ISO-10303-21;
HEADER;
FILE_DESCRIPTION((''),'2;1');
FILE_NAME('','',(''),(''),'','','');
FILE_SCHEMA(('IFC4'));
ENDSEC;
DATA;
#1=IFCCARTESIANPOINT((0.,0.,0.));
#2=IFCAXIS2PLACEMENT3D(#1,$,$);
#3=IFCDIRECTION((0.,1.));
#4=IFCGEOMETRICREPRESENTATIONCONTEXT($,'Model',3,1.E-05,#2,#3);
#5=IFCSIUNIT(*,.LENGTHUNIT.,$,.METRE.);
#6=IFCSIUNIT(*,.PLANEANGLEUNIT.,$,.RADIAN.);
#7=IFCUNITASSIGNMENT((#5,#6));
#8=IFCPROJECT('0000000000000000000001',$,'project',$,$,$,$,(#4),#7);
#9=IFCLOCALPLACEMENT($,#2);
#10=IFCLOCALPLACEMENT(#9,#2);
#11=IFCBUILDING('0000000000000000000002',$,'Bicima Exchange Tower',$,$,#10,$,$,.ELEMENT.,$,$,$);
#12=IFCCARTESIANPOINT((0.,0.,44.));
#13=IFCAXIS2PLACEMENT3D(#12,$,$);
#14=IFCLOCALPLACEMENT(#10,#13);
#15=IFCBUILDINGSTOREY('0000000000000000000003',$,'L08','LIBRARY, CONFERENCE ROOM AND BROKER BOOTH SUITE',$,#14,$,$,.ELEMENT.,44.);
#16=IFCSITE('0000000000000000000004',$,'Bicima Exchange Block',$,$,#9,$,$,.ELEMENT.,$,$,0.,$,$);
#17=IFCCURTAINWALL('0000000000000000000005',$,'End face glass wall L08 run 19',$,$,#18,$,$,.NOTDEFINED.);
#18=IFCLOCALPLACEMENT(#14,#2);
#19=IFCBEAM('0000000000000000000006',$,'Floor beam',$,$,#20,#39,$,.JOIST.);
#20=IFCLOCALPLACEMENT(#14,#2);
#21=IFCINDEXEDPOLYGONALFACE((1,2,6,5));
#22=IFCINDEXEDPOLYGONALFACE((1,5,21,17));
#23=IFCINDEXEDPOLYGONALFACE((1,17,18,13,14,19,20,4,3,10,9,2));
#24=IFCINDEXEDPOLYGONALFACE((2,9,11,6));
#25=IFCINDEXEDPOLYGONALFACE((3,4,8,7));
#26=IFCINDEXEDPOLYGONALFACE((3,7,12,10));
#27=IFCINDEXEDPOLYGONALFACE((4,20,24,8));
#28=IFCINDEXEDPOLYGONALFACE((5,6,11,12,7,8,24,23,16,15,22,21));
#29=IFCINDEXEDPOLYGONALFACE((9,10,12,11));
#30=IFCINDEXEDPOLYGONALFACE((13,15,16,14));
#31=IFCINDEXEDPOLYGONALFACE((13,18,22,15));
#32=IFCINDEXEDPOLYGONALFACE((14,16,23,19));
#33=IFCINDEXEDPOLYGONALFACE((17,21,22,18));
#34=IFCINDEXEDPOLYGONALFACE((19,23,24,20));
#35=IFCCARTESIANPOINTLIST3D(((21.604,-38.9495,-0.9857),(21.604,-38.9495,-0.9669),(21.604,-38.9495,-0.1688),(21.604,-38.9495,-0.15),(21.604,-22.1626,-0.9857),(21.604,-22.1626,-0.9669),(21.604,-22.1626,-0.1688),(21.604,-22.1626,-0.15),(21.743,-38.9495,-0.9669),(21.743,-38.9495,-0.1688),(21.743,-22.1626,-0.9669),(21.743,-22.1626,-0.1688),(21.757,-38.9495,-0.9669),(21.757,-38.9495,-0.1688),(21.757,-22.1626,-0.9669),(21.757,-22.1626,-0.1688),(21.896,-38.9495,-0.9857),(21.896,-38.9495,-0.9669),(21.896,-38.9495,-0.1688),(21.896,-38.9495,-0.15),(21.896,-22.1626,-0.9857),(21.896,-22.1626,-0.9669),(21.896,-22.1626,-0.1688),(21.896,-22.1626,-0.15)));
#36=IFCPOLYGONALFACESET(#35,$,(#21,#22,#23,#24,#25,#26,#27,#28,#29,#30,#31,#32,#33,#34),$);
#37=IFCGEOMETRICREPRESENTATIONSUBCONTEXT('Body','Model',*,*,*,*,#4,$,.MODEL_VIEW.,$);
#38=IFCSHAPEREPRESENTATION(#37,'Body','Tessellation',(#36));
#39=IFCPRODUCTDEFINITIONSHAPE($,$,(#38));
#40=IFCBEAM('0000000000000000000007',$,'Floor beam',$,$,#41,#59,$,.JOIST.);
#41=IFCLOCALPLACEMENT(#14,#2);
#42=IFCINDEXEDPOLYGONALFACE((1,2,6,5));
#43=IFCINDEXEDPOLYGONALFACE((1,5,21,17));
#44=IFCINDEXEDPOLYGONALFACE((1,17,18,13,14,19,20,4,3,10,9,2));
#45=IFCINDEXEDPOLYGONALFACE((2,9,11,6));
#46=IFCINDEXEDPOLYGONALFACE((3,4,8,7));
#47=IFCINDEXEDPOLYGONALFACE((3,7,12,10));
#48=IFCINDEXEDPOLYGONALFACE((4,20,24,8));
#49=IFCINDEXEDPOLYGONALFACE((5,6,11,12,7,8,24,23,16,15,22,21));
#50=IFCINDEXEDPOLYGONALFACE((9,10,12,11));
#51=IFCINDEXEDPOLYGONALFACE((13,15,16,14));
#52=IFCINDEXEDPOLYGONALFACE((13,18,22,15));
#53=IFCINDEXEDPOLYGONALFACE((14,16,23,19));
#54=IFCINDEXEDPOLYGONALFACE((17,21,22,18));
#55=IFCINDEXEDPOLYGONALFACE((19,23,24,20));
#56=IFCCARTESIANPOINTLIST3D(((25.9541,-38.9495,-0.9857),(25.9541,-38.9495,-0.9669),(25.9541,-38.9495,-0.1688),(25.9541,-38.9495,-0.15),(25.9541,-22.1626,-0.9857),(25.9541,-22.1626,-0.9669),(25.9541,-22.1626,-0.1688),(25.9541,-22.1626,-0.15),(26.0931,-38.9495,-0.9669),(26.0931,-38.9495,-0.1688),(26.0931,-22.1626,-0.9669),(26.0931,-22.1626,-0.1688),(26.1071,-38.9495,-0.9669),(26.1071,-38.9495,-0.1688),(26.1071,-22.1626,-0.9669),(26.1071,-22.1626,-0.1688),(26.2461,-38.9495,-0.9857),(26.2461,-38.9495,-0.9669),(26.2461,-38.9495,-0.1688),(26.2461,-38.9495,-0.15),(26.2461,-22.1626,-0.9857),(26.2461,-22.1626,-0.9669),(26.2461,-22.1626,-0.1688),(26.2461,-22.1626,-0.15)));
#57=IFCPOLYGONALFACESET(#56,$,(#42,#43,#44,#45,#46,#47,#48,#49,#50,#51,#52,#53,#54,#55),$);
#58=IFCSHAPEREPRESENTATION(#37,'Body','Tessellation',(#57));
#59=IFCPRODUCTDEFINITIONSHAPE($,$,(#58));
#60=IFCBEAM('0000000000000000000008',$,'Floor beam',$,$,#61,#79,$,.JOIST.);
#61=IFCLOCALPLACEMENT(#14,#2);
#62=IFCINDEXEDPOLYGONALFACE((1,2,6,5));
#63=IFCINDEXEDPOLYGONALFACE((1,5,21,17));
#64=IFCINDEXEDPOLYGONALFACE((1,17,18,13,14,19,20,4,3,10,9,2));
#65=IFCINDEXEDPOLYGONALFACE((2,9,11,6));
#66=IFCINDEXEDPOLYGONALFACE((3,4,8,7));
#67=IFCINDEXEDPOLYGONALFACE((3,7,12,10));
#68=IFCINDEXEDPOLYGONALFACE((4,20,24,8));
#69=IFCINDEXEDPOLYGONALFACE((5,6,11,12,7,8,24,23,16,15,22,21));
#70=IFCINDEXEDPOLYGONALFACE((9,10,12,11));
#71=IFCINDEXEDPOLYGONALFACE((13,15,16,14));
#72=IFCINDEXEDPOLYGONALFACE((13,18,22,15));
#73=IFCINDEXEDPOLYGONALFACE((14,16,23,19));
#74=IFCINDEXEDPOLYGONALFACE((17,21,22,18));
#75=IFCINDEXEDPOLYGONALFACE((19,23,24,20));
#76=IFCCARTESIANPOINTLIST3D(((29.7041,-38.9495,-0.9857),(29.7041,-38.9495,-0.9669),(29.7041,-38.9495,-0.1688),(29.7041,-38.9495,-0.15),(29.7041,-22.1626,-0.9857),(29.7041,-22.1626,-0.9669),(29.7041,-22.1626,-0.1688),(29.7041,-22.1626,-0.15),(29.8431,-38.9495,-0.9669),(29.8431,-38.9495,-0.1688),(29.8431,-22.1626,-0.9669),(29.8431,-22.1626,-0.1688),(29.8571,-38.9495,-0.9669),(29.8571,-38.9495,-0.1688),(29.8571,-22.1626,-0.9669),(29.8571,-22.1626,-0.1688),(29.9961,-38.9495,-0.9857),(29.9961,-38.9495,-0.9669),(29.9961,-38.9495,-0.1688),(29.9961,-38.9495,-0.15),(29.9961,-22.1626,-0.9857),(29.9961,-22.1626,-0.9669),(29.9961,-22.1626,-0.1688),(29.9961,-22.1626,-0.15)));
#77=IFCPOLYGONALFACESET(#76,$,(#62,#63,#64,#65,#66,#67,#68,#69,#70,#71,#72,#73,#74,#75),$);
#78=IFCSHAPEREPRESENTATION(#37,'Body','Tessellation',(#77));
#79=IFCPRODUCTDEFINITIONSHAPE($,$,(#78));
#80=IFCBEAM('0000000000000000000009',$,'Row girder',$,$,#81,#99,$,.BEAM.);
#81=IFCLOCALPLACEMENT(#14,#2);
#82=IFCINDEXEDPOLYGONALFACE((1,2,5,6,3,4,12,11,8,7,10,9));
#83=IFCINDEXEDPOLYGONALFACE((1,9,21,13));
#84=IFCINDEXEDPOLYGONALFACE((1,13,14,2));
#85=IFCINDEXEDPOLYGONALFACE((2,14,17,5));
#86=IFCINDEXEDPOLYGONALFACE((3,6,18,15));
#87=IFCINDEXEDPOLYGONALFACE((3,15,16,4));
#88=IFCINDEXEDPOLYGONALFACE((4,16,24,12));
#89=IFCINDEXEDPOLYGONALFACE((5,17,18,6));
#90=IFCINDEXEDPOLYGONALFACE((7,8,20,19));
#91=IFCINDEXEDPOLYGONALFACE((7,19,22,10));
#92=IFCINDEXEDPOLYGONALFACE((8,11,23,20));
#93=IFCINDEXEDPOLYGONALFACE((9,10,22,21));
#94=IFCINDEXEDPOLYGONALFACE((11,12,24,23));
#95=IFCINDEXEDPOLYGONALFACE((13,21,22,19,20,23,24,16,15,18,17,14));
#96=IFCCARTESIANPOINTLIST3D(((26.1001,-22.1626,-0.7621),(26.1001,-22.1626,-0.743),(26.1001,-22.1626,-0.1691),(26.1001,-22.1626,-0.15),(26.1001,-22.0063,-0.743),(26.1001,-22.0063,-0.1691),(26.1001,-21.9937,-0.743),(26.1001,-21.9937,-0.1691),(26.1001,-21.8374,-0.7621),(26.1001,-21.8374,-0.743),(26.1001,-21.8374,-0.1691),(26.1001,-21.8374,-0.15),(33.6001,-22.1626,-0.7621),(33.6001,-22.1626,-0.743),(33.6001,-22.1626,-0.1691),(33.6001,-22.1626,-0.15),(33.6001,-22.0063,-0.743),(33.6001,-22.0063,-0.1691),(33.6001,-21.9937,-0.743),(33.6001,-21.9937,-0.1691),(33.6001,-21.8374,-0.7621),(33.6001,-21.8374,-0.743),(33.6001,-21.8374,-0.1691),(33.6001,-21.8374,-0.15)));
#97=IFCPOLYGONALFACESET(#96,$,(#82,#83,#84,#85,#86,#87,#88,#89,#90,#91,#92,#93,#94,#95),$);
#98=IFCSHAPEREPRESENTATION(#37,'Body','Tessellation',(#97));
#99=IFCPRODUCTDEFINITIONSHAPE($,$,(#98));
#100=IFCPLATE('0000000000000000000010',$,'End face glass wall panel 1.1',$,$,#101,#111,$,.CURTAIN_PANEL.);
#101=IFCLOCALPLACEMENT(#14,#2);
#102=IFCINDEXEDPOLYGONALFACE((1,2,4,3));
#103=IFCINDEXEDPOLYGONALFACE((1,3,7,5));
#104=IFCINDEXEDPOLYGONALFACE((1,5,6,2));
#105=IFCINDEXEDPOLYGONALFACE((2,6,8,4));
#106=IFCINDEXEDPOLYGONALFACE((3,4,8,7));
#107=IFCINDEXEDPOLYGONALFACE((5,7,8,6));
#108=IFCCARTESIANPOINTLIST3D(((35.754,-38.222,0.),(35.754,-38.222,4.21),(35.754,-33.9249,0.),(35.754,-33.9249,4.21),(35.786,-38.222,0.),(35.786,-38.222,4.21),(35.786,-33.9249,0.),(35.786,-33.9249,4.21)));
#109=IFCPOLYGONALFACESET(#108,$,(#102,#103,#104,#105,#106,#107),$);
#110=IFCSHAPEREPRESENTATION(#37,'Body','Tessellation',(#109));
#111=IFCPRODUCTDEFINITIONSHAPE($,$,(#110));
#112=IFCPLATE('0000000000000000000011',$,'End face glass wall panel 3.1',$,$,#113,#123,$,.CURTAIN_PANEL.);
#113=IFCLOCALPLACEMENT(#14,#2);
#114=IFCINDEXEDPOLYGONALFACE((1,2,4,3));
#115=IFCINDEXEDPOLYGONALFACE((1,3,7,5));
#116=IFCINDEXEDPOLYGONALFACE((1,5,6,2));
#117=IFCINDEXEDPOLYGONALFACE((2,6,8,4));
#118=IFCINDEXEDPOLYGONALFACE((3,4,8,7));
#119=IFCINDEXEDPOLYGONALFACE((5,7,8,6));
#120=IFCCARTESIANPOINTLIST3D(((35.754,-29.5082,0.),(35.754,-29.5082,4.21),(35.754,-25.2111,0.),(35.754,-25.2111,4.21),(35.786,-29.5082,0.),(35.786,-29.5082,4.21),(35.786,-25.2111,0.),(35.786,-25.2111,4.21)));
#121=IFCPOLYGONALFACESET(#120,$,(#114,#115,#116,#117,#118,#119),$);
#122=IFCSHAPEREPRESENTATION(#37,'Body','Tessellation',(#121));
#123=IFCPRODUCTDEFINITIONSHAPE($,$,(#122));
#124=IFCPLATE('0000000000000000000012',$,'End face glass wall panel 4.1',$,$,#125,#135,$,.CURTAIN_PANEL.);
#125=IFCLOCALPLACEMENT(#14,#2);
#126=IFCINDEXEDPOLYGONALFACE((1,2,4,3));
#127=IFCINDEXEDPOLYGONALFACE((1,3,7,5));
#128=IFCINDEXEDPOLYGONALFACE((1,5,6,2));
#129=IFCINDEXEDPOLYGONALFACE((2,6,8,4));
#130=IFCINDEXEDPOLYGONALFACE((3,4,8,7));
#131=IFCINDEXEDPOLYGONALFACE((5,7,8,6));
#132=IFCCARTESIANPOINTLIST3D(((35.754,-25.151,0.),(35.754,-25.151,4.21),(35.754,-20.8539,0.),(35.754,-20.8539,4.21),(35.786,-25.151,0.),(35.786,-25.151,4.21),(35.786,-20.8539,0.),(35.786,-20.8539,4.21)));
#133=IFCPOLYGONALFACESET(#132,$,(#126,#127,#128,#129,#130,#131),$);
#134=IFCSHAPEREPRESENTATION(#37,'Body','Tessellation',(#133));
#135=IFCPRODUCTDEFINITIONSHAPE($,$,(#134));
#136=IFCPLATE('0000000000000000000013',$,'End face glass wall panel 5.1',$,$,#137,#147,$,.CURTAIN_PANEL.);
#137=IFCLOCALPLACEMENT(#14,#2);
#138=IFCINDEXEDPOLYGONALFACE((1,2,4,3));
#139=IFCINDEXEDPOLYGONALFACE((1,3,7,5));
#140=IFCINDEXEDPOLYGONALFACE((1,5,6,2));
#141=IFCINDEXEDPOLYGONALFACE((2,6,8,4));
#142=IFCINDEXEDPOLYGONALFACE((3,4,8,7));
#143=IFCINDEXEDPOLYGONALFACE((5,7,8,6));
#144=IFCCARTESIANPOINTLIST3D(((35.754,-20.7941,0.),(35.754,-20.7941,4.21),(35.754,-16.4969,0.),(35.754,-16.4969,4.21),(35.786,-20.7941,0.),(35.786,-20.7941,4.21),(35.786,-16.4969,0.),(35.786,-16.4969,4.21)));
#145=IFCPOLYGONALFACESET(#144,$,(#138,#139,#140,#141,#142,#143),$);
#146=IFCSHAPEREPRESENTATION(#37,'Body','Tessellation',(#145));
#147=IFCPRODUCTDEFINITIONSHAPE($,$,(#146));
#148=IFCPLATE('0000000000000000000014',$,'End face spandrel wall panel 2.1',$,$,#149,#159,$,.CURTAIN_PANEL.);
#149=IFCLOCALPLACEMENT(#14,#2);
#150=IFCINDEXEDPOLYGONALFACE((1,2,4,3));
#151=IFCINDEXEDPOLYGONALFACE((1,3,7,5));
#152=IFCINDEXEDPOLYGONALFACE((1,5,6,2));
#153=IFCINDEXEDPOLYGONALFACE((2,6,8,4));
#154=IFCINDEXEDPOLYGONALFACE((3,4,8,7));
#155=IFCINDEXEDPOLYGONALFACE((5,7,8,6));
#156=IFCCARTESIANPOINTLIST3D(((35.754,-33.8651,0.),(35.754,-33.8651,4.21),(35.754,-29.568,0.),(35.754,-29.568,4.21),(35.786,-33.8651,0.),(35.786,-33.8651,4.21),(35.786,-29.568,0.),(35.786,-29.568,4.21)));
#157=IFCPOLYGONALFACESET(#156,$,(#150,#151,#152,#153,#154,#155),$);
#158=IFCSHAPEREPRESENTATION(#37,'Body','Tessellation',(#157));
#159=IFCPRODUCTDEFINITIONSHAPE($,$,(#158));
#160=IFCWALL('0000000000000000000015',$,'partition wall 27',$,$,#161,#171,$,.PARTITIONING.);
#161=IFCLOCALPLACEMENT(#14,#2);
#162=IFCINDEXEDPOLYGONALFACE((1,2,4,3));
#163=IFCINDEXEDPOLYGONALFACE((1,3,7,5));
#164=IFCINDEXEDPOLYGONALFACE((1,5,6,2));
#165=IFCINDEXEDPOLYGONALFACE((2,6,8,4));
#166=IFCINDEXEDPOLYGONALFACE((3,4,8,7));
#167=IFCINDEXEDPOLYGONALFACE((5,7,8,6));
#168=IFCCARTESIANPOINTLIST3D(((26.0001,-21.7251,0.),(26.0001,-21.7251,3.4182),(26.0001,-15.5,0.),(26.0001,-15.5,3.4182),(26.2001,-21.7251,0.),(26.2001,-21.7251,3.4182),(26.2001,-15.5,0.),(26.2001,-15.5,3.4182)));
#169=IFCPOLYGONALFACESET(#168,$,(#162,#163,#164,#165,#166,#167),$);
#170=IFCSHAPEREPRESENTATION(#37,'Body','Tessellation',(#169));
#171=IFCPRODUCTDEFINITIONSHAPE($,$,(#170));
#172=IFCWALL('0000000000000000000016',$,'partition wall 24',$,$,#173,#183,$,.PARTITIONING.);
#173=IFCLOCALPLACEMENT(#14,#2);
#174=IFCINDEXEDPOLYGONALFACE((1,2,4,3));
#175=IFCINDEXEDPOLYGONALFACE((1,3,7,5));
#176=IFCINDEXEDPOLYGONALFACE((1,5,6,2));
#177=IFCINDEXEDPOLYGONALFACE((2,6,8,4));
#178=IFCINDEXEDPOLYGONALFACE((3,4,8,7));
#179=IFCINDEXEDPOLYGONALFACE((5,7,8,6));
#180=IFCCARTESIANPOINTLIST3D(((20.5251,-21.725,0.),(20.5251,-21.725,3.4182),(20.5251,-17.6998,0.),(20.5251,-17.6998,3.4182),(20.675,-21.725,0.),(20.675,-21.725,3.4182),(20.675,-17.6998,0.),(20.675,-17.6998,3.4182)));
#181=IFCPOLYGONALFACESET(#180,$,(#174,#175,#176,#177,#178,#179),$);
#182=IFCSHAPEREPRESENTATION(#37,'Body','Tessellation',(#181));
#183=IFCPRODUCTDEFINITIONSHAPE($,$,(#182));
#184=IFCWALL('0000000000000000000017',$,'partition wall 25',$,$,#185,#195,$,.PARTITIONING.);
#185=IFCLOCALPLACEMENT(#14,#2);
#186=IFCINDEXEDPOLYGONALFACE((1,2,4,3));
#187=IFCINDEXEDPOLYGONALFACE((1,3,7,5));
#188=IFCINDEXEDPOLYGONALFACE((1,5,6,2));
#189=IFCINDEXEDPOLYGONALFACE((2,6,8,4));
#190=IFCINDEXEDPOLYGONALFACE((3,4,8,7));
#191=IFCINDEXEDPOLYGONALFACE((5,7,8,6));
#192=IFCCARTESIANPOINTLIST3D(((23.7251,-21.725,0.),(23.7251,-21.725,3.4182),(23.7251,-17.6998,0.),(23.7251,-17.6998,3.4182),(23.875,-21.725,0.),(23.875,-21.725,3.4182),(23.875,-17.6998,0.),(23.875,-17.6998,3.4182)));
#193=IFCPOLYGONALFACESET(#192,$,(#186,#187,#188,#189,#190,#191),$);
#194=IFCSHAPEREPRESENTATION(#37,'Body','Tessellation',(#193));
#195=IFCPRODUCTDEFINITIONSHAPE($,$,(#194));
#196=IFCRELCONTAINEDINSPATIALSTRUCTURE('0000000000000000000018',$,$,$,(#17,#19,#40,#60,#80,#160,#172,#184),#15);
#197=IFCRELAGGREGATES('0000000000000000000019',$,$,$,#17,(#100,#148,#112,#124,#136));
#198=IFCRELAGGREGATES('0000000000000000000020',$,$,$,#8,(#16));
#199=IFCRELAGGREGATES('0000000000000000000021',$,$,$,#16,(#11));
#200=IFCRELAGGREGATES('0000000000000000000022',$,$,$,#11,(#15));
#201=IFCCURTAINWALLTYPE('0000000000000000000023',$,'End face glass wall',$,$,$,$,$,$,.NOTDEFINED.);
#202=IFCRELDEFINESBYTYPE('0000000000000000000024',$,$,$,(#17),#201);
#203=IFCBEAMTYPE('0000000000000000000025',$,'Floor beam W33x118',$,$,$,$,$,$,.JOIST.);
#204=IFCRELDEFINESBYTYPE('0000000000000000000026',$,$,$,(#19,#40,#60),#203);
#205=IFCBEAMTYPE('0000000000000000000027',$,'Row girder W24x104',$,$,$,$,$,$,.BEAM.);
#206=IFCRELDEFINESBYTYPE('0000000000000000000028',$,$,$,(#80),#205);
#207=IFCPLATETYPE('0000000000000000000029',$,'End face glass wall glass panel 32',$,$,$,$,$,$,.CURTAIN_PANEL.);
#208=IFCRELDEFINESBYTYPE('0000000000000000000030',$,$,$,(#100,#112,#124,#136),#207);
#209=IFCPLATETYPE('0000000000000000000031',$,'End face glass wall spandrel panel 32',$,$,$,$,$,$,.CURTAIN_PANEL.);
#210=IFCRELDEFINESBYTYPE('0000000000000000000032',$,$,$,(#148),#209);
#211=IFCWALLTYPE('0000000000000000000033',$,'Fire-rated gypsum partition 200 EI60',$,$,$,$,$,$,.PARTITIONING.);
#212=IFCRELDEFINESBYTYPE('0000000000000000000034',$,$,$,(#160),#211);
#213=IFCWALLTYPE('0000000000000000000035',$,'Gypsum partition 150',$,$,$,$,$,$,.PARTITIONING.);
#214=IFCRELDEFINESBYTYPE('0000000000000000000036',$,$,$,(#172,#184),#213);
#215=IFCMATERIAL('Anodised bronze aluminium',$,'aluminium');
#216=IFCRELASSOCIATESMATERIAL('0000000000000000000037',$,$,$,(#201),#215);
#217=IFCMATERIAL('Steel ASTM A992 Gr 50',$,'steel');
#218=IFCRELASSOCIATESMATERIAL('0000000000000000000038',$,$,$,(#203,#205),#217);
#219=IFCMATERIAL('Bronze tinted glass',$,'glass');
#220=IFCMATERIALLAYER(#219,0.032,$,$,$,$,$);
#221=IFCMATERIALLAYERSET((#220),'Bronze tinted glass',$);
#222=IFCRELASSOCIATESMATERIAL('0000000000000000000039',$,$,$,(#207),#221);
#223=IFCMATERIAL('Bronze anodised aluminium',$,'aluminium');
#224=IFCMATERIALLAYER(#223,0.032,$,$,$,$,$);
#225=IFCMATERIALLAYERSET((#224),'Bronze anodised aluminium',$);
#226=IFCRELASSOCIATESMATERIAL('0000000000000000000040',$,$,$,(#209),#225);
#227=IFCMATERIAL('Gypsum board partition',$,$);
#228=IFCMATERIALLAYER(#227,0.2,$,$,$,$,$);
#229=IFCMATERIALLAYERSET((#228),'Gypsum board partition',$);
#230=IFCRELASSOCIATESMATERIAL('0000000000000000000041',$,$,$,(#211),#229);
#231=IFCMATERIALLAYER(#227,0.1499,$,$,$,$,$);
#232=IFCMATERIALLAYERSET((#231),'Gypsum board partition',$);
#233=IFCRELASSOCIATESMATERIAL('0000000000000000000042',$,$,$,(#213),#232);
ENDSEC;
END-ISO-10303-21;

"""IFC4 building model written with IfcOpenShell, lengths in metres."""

from ifc_helpers import new_model, si_unit, direction, frame, frame_2d, origin, origin_2d, place, context, subcontext, project, spatial, rectangle, i_section, extrude, material, layer, layer_set, material_profile, profile_set, type_object, element, aggregate, save


model = new_model("IFC4")

# Units and contexts
model_context = context("Model", 3, precision=1e-05, world=origin(), true_north=direction((0.0, 1.0)))
body_context = subcontext(model_context, "Body", "Model", "MODEL_VIEW")
ifc_project = project(units=[si_unit("LENGTHUNIT", "METRE"), si_unit("PLANEANGLEUNIT", "RADIAN")], contexts=[model_context])

# Site, building, storey
site_placement = place(None, origin())
site = spatial("IfcSite", under=ifc_project, at=site_placement, Name="Bicima Exchange Block", CompositionType="ELEMENT", RefElevation=0.0)
building_placement = place(site_placement, origin())
building = spatial("IfcBuilding", under=site, at=building_placement, Name="Bicima Exchange Tower", CompositionType="ELEMENT")
storey_placement = place(building_placement, frame((0.0, 0.0, 44.0)))
storey = spatial("IfcBuildingStorey", under=building, at=storey_placement, Name="L08", Description="LIBRARY, CONFERENCE ROOM AND BROKER BOOTH SUITE", CompositionType="ELEMENT", Elevation=44.0)

# Shared definitions
ifc_material_1 = material(Name="Steel ASTM A992 Gr 50", Category="steel")

# Curtain wall
ifc_material_2 = material(Name="Anodised bronze aluminium", Category="aluminium")
curtain_wall_type = type_object("IfcCurtainWallType", Name="End face glass wall", PredefinedType="NOTDEFINED", material=ifc_material_2)
curtain_wall_placement = place(storey_placement, origin())
curtain_wall = element("IfcCurtainWall", 1, at=curtain_wall_placement, inside=storey, type_object=curtain_wall_type, Name="End face glass wall L08 run 19", PredefinedType="NOTDEFINED")

# Beams
ifc_material_profile_1 = material_profile(ifc_material_1, i_section(OverallWidth=0.292, OverallDepth=0.8357, WebThickness=0.0139, FlangeThickness=0.0188, at=origin_2d()))
ifc_profile_set_1 = profile_set([ifc_material_profile_1], Name="Steel ASTM A992 Gr 50")
beam_type_1 = type_object("IfcBeamType", Name="Floor beam W33x118", PredefinedType="JOIST", material=ifc_profile_set_1)
for number, where, z_axis, x_axis, name in (
    (2, (21.75, -22.1626, -0.5679), (0.0, -1.0, 0.0), (1.0, 0.0, 0.0), "Floor beam"),
    (3, (26.1001, -22.1626, -0.5679), (0.0, -1.0, 0.0), (1.0, 0.0, 0.0), "Floor beam"),
    (4, (29.8501, -22.1626, -0.5679), (0.0, -1.0, 0.0), (1.0, 0.0, 0.0), "Floor beam"),
):
    element("IfcBeam", number, at=place(storey_placement, frame(where, z_axis=z_axis, x_axis=x_axis)), inside=storey, type_object=beam_type_1, Name=name, PredefinedType="JOIST", context=body_context, shape_type="SweptSolid", body=[
        extrude(i_section(OverallWidth=0.292, OverallDepth=0.8357, WebThickness=0.0139, FlangeThickness=0.0188, at=origin_2d()), origin(), (0.0, 0.0, 1.0), 16.7869),
    ])
ifc_material_profile_2 = material_profile(ifc_material_1, i_section(OverallWidth=0.3252, OverallDepth=0.6121, WebThickness=0.0127, FlangeThickness=0.019, at=origin_2d()))
ifc_profile_set_2 = profile_set([ifc_material_profile_2], Name="Steel ASTM A992 Gr 50")
beam_type_2 = type_object("IfcBeamType", Name="Row girder W24x104", PredefinedType="BEAM", material=ifc_profile_set_2)
beam_1_placement = place(storey_placement, frame((26.1001, -22.0, -0.4561), z_axis=(1.0, 0.0, 0.0), x_axis=(0.0, 1.0, 0.0)))
element("IfcBeam", 5, at=beam_1_placement, inside=storey, type_object=beam_type_2, Name="Row girder", PredefinedType="BEAM", context=body_context, shape_type="SweptSolid", body=[
    extrude(i_section(OverallWidth=0.3252, OverallDepth=0.6121, WebThickness=0.0127, FlangeThickness=0.019, at=origin_2d()), origin(), (0.0, 0.0, 1.0), 7.5),
])

# Plates
ifc_material_3 = material(Name="Bronze tinted glass", Category="glass")
ifc_layer_1 = layer(ifc_material_3, 0.032)
ifc_layer_set_1 = layer_set([ifc_layer_1], Name="Bronze tinted glass")
plate_type_1 = type_object("IfcPlateType", Name="End face glass wall glass panel 32", PredefinedType="CURTAIN_PANEL", material=ifc_layer_set_1)
plate_1_placement = place(storey_placement, frame((35.77, -36.0735, 0.0), z_axis=(0.0, 0.0, 1.0), x_axis=(0.0, 1.0, 0.0)))
plate_1 = element("IfcPlate", 6, at=plate_1_placement, type_object=plate_type_1, Name="End face glass wall panel 1.1", PredefinedType="CURTAIN_PANEL", context=body_context, shape_type="SweptSolid", body=[
    extrude(rectangle(XDim=4.2971, YDim=0.032, at=origin_2d()), origin(), (0.0, 0.0, 1.0), 4.21),
])
plate_2_placement = place(storey_placement, frame((35.77, -27.3596, 0.0), z_axis=(0.0, 0.0, 1.0), x_axis=(0.0, 1.0, 0.0)))
plate_2 = element("IfcPlate", 7, at=plate_2_placement, type_object=plate_type_1, Name="End face glass wall panel 3.1", PredefinedType="CURTAIN_PANEL", context=body_context, shape_type="SweptSolid", body=[
    extrude(rectangle(XDim=4.2971, YDim=0.032, at=origin_2d()), origin(), (0.0, 0.0, 1.0), 4.21),
])
plate_3_placement = place(storey_placement, frame((35.77, -23.0024, 0.0), z_axis=(0.0, 0.0, 1.0), x_axis=(0.0, 1.0, 0.0)))
plate_3 = element("IfcPlate", 8, at=plate_3_placement, type_object=plate_type_1, Name="End face glass wall panel 4.1", PredefinedType="CURTAIN_PANEL", context=body_context, shape_type="SweptSolid", body=[
    extrude(rectangle(XDim=4.2971, YDim=0.032, at=origin_2d()), origin(), (0.0, 0.0, 1.0), 4.21),
])
plate_4_placement = place(storey_placement, frame((35.77, -18.6455, 0.0), z_axis=(0.0, 0.0, 1.0), x_axis=(0.0, 1.0, 0.0)))
plate_4 = element("IfcPlate", 9, at=plate_4_placement, type_object=plate_type_1, Name="End face glass wall panel 5.1", PredefinedType="CURTAIN_PANEL", context=body_context, shape_type="SweptSolid", body=[
    extrude(rectangle(XDim=4.2971, YDim=0.032, at=origin_2d()), origin(), (0.0, 0.0, 1.0), 4.21),
])
ifc_material_4 = material(Name="Bronze anodised aluminium", Category="aluminium")
ifc_layer_2 = layer(ifc_material_4, 0.032)
ifc_layer_set_2 = layer_set([ifc_layer_2], Name="Bronze anodised aluminium")
plate_type_2 = type_object("IfcPlateType", Name="End face glass wall spandrel panel 32", PredefinedType="CURTAIN_PANEL", material=ifc_layer_set_2)
plate_5_placement = place(storey_placement, frame((35.77, -31.7166, 0.0), z_axis=(0.0, 0.0, 1.0), x_axis=(0.0, 1.0, 0.0)))
plate_5 = element("IfcPlate", 10, at=plate_5_placement, type_object=plate_type_2, Name="End face spandrel wall panel 2.1", PredefinedType="CURTAIN_PANEL", context=body_context, shape_type="SweptSolid", body=[
    extrude(rectangle(XDim=4.2971, YDim=0.032, at=origin_2d()), origin(), (0.0, 0.0, 1.0), 4.21),
])
aggregate(curtain_wall, [plate_1, plate_5, plate_2, plate_3, plate_4])

# Walls
ifc_material_5 = material(Name="Gypsum board partition")
ifc_layer_3 = layer(ifc_material_5, 0.2)
ifc_layer_set_3 = layer_set([ifc_layer_3], Name="Gypsum board partition")
wall_type_1 = type_object("IfcWallType", Name="Fire-rated gypsum partition 200 EI60", PredefinedType="PARTITIONING", material=ifc_layer_set_3)
wall_placement = place(storey_placement, frame((26.1001, -21.7251, 0.0), z_axis=(0.0, 0.0, 1.0), x_axis=(0.0, 1.0, 0.0)))
element("IfcWall", 11, at=wall_placement, inside=storey, type_object=wall_type_1, Name="partition wall 27", PredefinedType="PARTITIONING", context=body_context, shape_type="SweptSolid", body=[
    extrude(rectangle(XDim=6.2251, YDim=0.2, at=frame_2d((3.1125, 0.0))), origin(), (0.0, 0.0, 1.0), 3.4182),
])
ifc_layer_4 = layer(ifc_material_5, 0.1499)
ifc_layer_set_4 = layer_set([ifc_layer_4], Name="Gypsum board partition")
wall_type_2 = type_object("IfcWallType", Name="Gypsum partition 150", PredefinedType="PARTITIONING", material=ifc_layer_set_4)
for number, where, z_axis, x_axis, name in (
    (12, (20.6001, -21.7251, 0.0), (0.0, 0.0, 1.0), (0.0, 1.0, 0.0), "partition wall 24"),
    (13, (23.8, -21.7251, 0.0), (0.0, 0.0, 1.0), (0.0, 1.0, 0.0), "partition wall 25"),
):
    element("IfcWall", number, at=place(storey_placement, frame(where, z_axis=z_axis, x_axis=x_axis)), inside=storey, type_object=wall_type_2, Name=name, PredefinedType="PARTITIONING", context=body_context, shape_type="SweptSolid", body=[
        extrude(rectangle(XDim=4.0251, YDim=0.1499, at=frame_2d((2.0127, 0.0))), origin(), (0.0, 0.0, 1.0), 3.4182),
    ])

save(model, "model.ifc")
